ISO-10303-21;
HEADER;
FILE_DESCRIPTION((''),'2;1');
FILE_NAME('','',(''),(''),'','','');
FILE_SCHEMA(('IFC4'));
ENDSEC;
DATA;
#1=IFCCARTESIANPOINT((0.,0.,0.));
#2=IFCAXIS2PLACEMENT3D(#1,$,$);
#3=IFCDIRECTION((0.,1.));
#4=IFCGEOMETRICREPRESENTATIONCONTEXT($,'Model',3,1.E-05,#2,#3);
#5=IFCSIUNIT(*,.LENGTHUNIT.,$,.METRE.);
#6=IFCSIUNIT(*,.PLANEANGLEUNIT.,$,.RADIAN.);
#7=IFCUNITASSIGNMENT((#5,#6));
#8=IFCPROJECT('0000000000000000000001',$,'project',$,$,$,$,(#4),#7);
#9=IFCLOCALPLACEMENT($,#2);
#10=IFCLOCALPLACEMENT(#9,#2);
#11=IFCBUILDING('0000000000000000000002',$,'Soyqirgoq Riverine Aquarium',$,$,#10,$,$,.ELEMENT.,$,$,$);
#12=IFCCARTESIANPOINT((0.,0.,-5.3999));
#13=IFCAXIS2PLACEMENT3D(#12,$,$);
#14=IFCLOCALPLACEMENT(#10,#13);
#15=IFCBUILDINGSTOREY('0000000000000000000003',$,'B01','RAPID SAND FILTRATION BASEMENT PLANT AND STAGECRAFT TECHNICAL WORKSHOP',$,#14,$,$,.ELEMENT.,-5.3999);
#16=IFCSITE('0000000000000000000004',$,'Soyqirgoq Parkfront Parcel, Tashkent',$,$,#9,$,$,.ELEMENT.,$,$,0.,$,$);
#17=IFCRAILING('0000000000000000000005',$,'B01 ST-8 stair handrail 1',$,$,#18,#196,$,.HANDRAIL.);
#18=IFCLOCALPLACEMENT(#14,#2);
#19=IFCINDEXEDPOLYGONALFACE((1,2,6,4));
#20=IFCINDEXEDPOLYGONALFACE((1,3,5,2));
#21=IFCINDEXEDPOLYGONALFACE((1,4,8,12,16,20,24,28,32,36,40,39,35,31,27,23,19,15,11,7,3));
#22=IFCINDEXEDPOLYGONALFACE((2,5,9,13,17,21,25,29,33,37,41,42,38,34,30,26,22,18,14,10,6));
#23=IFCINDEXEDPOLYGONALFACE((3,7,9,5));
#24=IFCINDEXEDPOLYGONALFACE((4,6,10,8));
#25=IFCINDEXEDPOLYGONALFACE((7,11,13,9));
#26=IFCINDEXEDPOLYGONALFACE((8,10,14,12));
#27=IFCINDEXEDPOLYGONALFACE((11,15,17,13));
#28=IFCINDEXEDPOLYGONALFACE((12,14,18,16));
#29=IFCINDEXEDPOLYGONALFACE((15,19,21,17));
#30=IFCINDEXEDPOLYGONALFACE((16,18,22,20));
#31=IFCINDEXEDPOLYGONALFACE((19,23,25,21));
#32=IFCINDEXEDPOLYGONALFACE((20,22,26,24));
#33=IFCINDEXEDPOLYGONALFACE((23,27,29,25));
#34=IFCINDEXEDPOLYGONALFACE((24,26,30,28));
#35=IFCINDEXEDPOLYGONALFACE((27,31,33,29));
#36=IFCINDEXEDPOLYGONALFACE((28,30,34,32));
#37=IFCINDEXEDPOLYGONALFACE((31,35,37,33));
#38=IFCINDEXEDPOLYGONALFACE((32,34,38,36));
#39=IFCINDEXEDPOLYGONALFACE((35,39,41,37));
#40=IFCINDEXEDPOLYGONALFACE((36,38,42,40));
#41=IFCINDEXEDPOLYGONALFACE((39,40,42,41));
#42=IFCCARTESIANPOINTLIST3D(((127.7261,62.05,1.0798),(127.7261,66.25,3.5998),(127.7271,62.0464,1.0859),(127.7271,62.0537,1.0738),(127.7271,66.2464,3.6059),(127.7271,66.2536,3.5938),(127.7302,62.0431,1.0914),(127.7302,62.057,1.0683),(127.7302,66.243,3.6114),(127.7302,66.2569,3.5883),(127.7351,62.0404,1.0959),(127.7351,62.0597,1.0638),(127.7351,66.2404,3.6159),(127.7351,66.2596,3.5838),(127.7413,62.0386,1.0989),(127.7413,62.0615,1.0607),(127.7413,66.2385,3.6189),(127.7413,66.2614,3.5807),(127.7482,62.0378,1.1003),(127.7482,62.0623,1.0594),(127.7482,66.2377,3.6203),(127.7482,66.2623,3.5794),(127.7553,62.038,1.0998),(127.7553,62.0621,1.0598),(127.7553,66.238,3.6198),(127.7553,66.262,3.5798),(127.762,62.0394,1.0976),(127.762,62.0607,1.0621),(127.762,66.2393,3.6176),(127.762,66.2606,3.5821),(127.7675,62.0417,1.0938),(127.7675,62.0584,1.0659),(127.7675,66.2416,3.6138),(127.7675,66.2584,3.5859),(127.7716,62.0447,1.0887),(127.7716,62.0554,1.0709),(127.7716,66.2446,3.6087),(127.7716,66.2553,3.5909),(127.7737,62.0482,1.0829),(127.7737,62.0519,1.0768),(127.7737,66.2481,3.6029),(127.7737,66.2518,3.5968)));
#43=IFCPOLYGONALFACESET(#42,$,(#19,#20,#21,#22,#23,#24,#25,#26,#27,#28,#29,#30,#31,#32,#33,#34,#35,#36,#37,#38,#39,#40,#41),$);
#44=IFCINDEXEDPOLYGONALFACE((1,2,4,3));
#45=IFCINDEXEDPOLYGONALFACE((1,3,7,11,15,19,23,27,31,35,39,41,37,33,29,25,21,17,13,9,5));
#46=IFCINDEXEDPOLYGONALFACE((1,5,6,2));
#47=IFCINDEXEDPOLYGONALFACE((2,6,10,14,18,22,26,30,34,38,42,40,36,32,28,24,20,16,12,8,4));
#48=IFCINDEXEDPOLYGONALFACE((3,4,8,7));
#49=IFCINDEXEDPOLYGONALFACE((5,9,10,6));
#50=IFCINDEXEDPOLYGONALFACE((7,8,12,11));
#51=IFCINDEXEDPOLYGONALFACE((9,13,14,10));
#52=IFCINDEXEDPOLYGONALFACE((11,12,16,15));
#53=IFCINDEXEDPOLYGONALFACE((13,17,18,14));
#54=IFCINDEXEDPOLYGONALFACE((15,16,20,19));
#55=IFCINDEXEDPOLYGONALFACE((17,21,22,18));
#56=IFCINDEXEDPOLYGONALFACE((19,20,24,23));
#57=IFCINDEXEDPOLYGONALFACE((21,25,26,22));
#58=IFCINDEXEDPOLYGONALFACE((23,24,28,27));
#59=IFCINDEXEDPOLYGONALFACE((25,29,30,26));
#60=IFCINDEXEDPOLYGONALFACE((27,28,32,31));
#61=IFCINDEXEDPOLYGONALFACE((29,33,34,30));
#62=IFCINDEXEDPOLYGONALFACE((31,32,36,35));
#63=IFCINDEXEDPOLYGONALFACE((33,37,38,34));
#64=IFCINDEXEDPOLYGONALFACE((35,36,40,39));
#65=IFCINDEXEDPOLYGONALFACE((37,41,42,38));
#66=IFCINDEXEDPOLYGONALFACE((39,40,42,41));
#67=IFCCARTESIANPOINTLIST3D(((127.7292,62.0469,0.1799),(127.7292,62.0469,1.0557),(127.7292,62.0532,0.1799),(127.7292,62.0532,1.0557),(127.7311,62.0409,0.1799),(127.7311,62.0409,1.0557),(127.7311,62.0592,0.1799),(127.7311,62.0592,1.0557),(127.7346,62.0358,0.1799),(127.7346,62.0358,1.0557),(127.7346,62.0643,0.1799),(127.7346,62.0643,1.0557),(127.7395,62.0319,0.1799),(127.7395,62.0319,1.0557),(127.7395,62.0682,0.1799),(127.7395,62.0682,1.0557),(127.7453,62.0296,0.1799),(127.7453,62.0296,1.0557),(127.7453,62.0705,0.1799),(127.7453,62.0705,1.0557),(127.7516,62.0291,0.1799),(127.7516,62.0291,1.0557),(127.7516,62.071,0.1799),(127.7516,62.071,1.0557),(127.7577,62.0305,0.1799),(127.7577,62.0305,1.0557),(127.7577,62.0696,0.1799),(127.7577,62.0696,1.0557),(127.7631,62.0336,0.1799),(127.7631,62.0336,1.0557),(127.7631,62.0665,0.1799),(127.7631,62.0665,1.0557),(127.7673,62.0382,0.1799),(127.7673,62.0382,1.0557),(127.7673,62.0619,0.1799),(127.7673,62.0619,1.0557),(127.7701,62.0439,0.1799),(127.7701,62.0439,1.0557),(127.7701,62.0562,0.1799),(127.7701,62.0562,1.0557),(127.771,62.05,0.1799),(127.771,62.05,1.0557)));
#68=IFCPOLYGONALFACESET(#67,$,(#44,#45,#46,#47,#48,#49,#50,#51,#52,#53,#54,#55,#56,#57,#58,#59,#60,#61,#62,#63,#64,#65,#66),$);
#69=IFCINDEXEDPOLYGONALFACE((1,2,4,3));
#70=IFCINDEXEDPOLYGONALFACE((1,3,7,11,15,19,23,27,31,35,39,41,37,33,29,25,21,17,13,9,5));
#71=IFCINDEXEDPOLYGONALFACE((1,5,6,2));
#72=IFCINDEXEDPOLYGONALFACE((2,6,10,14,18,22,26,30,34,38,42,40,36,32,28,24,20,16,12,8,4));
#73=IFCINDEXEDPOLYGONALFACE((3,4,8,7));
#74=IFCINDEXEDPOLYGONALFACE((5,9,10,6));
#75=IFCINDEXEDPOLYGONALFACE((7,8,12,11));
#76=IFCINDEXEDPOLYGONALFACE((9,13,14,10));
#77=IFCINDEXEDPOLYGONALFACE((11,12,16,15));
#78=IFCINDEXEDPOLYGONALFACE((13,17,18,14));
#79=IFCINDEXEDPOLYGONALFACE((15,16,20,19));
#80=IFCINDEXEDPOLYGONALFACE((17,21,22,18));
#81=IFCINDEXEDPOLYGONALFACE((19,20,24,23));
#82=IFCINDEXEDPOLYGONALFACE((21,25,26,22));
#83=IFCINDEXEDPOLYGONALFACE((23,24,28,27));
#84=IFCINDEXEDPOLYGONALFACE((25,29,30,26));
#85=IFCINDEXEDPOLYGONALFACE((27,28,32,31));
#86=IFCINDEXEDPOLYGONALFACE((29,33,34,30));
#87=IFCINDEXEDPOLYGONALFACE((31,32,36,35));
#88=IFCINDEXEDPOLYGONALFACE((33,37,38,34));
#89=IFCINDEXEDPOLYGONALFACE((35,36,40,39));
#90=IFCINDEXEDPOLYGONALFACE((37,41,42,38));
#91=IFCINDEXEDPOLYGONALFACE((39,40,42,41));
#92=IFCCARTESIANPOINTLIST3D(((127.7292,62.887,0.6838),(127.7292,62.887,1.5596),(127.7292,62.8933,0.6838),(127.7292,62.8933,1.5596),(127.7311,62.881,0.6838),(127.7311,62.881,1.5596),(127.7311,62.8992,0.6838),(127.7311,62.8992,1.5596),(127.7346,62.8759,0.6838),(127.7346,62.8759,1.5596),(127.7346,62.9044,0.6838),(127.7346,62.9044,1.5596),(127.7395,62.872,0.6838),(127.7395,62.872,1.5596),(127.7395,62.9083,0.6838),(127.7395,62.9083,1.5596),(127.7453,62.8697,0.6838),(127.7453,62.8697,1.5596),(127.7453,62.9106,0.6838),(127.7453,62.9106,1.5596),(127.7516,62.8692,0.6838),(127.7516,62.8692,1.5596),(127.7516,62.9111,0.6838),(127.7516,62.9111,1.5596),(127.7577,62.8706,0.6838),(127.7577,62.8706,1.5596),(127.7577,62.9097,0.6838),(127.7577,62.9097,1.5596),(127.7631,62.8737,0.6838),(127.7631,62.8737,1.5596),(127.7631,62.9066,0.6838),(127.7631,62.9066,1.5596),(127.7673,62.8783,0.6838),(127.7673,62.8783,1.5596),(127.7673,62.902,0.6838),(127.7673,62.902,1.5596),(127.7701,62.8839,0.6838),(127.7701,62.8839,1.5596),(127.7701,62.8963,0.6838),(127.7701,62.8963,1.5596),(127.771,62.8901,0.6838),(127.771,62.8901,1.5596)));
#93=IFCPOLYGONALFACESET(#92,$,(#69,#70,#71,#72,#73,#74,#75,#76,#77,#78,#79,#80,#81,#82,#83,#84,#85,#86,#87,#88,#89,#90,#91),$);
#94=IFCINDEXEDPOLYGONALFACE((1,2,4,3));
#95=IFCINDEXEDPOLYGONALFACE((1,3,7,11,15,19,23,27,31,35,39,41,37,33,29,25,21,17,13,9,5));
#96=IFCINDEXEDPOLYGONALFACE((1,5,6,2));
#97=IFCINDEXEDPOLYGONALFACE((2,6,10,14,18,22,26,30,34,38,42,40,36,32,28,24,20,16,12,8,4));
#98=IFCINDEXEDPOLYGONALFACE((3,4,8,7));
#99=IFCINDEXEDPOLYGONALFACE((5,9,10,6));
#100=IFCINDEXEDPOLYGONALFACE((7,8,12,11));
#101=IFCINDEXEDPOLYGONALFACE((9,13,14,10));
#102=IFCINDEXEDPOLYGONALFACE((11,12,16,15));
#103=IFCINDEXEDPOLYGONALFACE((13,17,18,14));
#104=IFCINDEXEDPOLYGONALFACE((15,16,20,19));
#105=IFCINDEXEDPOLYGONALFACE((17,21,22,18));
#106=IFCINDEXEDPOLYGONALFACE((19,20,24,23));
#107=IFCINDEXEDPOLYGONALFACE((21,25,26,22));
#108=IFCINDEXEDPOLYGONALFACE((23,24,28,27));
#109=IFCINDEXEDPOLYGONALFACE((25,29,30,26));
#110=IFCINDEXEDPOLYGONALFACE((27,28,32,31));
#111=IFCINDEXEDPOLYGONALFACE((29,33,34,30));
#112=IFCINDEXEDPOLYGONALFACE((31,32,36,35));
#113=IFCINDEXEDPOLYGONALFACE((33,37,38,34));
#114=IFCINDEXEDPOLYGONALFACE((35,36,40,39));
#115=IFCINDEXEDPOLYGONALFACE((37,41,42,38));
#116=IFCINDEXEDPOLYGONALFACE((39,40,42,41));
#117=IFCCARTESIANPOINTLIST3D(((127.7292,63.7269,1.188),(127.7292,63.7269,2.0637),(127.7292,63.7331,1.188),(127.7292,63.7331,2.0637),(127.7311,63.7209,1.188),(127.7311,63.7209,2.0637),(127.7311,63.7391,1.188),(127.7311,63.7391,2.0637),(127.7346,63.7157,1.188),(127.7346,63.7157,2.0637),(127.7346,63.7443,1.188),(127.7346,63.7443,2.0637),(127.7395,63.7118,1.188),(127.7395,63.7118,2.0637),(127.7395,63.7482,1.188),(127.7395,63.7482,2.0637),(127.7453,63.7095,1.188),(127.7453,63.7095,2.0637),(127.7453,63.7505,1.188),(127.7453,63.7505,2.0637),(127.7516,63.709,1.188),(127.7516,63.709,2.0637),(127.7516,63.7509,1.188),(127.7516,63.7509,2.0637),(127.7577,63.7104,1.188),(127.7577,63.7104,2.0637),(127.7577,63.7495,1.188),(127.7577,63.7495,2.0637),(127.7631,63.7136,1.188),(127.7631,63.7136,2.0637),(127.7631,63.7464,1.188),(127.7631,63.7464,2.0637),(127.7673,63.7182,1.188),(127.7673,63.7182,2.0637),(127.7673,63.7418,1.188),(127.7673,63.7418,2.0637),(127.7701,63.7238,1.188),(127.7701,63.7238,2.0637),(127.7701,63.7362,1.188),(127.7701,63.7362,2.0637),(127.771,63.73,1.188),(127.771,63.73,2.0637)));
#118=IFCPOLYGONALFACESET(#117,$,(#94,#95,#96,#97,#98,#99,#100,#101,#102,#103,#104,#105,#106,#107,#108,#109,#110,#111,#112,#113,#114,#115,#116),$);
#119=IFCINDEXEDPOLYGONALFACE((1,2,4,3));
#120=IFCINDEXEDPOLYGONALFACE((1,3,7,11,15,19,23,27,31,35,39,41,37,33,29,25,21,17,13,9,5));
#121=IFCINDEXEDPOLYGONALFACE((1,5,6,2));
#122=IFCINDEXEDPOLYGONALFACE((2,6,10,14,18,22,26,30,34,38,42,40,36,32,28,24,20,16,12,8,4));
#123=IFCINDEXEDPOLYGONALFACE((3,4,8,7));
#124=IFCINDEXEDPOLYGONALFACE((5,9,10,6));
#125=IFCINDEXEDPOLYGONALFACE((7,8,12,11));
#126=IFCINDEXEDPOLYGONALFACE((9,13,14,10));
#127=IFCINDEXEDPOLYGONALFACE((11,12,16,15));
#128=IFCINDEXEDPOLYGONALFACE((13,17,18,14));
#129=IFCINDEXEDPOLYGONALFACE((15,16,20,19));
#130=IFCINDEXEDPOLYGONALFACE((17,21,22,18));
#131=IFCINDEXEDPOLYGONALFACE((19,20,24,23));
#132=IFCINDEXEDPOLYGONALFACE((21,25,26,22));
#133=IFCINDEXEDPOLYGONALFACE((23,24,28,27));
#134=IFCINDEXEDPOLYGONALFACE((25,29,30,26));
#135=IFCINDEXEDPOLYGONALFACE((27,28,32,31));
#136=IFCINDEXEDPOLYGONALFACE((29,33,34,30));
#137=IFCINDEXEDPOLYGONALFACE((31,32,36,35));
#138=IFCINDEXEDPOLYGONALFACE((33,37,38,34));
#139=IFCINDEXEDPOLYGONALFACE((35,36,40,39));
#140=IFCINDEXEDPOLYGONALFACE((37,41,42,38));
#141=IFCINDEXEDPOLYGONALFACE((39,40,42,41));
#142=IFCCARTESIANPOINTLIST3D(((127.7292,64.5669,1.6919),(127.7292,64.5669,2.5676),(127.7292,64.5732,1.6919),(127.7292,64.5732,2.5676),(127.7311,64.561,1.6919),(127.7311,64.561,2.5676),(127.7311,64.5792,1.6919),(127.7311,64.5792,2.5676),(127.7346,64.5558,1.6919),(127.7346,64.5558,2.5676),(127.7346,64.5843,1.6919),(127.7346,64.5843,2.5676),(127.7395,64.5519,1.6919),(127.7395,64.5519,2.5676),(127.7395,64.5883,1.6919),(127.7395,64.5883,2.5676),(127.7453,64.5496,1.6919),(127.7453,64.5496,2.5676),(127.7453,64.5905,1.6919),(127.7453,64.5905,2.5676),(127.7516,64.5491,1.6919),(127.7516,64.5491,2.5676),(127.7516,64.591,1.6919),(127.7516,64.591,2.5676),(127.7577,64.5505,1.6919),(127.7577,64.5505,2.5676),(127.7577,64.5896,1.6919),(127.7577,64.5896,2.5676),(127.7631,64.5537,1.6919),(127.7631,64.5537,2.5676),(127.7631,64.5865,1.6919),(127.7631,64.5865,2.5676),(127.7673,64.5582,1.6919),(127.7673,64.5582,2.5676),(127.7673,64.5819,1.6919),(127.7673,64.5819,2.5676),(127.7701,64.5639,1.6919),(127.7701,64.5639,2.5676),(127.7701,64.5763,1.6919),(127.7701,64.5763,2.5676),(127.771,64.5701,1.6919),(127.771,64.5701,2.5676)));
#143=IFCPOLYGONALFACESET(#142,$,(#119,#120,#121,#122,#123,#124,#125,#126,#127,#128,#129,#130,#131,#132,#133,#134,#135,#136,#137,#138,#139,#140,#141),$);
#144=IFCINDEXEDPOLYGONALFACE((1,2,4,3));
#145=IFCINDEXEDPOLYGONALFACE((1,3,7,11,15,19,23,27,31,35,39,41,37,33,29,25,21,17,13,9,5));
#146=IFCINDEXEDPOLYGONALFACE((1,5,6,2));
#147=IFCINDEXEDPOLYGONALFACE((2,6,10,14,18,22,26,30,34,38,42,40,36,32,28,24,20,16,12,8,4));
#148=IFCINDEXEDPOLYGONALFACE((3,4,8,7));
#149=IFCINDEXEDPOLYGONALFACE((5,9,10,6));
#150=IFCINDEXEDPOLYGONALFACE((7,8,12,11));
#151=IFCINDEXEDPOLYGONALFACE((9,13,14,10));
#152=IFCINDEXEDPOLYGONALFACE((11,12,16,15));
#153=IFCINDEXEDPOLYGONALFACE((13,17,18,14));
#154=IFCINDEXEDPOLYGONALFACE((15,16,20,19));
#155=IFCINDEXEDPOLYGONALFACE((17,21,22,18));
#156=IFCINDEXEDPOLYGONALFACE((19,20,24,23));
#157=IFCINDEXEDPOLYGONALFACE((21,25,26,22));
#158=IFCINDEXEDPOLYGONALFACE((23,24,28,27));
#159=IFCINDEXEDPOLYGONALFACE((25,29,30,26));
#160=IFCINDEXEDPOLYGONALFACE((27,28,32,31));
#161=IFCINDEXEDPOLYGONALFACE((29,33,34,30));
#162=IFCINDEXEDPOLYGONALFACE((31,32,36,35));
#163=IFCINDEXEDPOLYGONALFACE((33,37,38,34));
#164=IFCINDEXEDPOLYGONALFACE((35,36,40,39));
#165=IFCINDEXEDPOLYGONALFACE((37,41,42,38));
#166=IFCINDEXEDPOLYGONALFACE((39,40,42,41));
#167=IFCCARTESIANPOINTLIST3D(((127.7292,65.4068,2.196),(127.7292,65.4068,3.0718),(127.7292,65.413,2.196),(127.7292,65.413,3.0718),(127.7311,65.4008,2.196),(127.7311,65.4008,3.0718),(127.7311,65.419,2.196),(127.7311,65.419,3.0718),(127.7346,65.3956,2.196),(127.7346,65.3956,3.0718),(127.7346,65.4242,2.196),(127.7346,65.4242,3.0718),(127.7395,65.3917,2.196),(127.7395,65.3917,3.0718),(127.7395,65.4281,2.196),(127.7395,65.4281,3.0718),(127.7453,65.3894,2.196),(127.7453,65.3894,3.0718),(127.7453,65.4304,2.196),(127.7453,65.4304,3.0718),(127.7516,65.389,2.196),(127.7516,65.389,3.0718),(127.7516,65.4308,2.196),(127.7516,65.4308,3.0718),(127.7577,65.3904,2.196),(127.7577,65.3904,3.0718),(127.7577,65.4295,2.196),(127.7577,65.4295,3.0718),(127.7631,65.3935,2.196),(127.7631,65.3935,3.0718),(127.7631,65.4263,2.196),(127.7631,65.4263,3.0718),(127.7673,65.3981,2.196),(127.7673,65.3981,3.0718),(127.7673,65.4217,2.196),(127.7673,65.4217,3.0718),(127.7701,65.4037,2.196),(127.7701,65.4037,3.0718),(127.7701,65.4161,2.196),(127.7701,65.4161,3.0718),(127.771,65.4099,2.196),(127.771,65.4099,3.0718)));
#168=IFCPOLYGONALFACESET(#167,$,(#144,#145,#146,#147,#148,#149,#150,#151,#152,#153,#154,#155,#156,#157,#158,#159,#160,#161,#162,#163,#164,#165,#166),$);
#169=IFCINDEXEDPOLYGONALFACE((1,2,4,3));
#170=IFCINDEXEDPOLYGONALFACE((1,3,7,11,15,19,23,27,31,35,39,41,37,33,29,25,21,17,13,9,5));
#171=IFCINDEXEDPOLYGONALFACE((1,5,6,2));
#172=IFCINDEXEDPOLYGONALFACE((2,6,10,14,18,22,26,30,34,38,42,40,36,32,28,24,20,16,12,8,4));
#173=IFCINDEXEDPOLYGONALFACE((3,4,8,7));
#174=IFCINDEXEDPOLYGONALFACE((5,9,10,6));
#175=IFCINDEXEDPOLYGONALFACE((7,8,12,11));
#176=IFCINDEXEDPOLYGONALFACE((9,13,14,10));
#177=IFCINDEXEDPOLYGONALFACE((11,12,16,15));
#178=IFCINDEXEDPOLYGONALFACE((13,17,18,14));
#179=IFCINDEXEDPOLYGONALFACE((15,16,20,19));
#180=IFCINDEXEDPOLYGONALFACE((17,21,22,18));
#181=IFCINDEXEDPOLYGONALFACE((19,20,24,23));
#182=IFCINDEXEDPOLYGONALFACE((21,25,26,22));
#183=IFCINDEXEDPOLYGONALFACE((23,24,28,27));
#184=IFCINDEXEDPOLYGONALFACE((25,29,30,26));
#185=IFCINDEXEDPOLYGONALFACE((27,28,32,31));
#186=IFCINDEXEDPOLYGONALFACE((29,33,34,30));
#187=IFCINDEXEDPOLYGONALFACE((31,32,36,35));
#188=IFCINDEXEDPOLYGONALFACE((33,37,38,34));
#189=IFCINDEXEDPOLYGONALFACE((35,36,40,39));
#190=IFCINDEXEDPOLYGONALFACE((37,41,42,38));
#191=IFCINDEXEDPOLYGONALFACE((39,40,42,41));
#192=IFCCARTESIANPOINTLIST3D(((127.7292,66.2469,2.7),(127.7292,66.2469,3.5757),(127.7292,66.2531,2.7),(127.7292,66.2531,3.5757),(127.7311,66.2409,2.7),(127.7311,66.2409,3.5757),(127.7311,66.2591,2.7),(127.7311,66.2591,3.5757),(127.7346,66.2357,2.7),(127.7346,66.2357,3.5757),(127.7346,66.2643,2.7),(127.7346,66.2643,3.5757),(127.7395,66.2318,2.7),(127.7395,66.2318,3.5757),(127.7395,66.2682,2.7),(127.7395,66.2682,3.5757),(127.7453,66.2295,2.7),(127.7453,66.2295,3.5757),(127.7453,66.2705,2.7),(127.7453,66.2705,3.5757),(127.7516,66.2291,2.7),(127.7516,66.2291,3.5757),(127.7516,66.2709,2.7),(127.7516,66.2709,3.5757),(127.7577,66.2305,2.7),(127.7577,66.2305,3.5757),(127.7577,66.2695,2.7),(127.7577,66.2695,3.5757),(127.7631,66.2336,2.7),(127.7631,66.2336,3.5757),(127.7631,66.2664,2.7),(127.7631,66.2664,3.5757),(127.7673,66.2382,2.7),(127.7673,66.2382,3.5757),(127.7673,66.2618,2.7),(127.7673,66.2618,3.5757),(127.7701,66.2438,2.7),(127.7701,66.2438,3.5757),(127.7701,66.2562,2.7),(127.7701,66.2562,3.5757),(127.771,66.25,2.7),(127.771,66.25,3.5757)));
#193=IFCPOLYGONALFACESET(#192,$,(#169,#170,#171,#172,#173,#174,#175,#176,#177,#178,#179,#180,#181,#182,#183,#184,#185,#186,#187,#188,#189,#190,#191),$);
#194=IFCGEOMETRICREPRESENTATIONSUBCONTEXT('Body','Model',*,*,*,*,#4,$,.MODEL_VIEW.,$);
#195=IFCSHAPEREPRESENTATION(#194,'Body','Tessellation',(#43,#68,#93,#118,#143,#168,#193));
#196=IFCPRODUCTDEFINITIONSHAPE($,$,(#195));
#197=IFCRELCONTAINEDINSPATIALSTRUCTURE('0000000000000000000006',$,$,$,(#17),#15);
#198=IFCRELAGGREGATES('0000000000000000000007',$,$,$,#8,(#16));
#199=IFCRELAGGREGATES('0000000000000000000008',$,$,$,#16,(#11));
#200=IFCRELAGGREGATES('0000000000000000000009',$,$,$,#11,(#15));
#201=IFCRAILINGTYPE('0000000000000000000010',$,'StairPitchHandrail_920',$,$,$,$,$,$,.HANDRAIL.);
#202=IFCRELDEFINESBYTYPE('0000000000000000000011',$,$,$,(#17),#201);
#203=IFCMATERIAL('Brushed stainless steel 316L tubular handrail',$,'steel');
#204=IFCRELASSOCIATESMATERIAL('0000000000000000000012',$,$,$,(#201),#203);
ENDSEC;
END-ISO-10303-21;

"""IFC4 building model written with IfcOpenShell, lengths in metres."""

from ifc_helpers import new_model, si_unit, direction, frame, origin, origin_2d, place, context, subcontext, project, spatial, circle, extrude, material, type_object, element, save


model = new_model("IFC4")

# Units and contexts
model_context = context("Model", 3, precision=1e-05, world=origin(), true_north=direction((0.0, 1.0)))
body_context = subcontext(model_context, "Body", "Model", "MODEL_VIEW")
ifc_project = project(units=[si_unit("LENGTHUNIT", "METRE"), si_unit("PLANEANGLEUNIT", "RADIAN")], contexts=[model_context])

# Site, building, storey
site_placement = place(None, origin())
site = spatial("IfcSite", under=ifc_project, at=site_placement, Name="Soyqirgoq Parkfront Parcel, Tashkent", CompositionType="ELEMENT", RefElevation=0.0)
building_placement = place(site_placement, origin())
building = spatial("IfcBuilding", under=site, at=building_placement, Name="Soyqirgoq Riverine Aquarium", CompositionType="ELEMENT")
storey_placement = place(building_placement, frame((0.0, 0.0, -5.3999)))
storey = spatial("IfcBuildingStorey", under=building, at=storey_placement, Name="B01", Description="RAPID SAND FILTRATION BASEMENT PLANT AND STAGECRAFT TECHNICAL WORKSHOP", CompositionType="ELEMENT", Elevation=-5.3999)

# Railing
ifc_material_1 = material(Name="Brushed stainless steel 316L tubular handrail", Category="steel")
railing_type_1 = type_object("IfcRailingType", Name="StairPitchHandrail_920", PredefinedType="HANDRAIL", material=ifc_material_1)
railing_1_placement = place(storey_placement, frame((127.75, 62.05, 0.1799)))
element("IfcRailing", 1, at=railing_1_placement, inside=storey, type_object=railing_type_1, Name="B01 ST-8 stair handrail 1", PredefinedType="HANDRAIL", context=body_context, shape_type="SweptSolid", body=[
    extrude(circle(Radius=0.0239, at=origin_2d()), frame((0.0, 0.0, 0.8999), z_axis=(0.0, 0.857489, 0.514503), x_axis=(-1.0, 0.0, 0.0)), (0.0, 0.0, 1.0), 4.8979),
    extrude(circle(Radius=0.021, at=origin_2d()), origin(), (0.0, 0.0, 1.0), 0.8757),
    extrude(circle(Radius=0.021, at=origin_2d()), frame((0.0, 0.8401, 0.5039)), (0.0, 0.0, 1.0), 0.8757),
    extrude(circle(Radius=0.021, at=origin_2d()), frame((0.0, 1.6799, 1.0081)), (0.0, 0.0, 1.0), 0.8757),
    extrude(circle(Radius=0.021, at=origin_2d()), frame((0.0, 2.52, 1.512)), (0.0, 0.0, 1.0), 0.8757),
    extrude(circle(Radius=0.021, at=origin_2d()), frame((0.0, 3.3599, 2.0161)), (0.0, 0.0, 1.0), 0.8757),
    extrude(circle(Radius=0.021, at=origin_2d()), frame((0.0, 4.2, 2.52)), (0.0, 0.0, 1.0), 0.8757),
])

save(model, "model.ifc")
